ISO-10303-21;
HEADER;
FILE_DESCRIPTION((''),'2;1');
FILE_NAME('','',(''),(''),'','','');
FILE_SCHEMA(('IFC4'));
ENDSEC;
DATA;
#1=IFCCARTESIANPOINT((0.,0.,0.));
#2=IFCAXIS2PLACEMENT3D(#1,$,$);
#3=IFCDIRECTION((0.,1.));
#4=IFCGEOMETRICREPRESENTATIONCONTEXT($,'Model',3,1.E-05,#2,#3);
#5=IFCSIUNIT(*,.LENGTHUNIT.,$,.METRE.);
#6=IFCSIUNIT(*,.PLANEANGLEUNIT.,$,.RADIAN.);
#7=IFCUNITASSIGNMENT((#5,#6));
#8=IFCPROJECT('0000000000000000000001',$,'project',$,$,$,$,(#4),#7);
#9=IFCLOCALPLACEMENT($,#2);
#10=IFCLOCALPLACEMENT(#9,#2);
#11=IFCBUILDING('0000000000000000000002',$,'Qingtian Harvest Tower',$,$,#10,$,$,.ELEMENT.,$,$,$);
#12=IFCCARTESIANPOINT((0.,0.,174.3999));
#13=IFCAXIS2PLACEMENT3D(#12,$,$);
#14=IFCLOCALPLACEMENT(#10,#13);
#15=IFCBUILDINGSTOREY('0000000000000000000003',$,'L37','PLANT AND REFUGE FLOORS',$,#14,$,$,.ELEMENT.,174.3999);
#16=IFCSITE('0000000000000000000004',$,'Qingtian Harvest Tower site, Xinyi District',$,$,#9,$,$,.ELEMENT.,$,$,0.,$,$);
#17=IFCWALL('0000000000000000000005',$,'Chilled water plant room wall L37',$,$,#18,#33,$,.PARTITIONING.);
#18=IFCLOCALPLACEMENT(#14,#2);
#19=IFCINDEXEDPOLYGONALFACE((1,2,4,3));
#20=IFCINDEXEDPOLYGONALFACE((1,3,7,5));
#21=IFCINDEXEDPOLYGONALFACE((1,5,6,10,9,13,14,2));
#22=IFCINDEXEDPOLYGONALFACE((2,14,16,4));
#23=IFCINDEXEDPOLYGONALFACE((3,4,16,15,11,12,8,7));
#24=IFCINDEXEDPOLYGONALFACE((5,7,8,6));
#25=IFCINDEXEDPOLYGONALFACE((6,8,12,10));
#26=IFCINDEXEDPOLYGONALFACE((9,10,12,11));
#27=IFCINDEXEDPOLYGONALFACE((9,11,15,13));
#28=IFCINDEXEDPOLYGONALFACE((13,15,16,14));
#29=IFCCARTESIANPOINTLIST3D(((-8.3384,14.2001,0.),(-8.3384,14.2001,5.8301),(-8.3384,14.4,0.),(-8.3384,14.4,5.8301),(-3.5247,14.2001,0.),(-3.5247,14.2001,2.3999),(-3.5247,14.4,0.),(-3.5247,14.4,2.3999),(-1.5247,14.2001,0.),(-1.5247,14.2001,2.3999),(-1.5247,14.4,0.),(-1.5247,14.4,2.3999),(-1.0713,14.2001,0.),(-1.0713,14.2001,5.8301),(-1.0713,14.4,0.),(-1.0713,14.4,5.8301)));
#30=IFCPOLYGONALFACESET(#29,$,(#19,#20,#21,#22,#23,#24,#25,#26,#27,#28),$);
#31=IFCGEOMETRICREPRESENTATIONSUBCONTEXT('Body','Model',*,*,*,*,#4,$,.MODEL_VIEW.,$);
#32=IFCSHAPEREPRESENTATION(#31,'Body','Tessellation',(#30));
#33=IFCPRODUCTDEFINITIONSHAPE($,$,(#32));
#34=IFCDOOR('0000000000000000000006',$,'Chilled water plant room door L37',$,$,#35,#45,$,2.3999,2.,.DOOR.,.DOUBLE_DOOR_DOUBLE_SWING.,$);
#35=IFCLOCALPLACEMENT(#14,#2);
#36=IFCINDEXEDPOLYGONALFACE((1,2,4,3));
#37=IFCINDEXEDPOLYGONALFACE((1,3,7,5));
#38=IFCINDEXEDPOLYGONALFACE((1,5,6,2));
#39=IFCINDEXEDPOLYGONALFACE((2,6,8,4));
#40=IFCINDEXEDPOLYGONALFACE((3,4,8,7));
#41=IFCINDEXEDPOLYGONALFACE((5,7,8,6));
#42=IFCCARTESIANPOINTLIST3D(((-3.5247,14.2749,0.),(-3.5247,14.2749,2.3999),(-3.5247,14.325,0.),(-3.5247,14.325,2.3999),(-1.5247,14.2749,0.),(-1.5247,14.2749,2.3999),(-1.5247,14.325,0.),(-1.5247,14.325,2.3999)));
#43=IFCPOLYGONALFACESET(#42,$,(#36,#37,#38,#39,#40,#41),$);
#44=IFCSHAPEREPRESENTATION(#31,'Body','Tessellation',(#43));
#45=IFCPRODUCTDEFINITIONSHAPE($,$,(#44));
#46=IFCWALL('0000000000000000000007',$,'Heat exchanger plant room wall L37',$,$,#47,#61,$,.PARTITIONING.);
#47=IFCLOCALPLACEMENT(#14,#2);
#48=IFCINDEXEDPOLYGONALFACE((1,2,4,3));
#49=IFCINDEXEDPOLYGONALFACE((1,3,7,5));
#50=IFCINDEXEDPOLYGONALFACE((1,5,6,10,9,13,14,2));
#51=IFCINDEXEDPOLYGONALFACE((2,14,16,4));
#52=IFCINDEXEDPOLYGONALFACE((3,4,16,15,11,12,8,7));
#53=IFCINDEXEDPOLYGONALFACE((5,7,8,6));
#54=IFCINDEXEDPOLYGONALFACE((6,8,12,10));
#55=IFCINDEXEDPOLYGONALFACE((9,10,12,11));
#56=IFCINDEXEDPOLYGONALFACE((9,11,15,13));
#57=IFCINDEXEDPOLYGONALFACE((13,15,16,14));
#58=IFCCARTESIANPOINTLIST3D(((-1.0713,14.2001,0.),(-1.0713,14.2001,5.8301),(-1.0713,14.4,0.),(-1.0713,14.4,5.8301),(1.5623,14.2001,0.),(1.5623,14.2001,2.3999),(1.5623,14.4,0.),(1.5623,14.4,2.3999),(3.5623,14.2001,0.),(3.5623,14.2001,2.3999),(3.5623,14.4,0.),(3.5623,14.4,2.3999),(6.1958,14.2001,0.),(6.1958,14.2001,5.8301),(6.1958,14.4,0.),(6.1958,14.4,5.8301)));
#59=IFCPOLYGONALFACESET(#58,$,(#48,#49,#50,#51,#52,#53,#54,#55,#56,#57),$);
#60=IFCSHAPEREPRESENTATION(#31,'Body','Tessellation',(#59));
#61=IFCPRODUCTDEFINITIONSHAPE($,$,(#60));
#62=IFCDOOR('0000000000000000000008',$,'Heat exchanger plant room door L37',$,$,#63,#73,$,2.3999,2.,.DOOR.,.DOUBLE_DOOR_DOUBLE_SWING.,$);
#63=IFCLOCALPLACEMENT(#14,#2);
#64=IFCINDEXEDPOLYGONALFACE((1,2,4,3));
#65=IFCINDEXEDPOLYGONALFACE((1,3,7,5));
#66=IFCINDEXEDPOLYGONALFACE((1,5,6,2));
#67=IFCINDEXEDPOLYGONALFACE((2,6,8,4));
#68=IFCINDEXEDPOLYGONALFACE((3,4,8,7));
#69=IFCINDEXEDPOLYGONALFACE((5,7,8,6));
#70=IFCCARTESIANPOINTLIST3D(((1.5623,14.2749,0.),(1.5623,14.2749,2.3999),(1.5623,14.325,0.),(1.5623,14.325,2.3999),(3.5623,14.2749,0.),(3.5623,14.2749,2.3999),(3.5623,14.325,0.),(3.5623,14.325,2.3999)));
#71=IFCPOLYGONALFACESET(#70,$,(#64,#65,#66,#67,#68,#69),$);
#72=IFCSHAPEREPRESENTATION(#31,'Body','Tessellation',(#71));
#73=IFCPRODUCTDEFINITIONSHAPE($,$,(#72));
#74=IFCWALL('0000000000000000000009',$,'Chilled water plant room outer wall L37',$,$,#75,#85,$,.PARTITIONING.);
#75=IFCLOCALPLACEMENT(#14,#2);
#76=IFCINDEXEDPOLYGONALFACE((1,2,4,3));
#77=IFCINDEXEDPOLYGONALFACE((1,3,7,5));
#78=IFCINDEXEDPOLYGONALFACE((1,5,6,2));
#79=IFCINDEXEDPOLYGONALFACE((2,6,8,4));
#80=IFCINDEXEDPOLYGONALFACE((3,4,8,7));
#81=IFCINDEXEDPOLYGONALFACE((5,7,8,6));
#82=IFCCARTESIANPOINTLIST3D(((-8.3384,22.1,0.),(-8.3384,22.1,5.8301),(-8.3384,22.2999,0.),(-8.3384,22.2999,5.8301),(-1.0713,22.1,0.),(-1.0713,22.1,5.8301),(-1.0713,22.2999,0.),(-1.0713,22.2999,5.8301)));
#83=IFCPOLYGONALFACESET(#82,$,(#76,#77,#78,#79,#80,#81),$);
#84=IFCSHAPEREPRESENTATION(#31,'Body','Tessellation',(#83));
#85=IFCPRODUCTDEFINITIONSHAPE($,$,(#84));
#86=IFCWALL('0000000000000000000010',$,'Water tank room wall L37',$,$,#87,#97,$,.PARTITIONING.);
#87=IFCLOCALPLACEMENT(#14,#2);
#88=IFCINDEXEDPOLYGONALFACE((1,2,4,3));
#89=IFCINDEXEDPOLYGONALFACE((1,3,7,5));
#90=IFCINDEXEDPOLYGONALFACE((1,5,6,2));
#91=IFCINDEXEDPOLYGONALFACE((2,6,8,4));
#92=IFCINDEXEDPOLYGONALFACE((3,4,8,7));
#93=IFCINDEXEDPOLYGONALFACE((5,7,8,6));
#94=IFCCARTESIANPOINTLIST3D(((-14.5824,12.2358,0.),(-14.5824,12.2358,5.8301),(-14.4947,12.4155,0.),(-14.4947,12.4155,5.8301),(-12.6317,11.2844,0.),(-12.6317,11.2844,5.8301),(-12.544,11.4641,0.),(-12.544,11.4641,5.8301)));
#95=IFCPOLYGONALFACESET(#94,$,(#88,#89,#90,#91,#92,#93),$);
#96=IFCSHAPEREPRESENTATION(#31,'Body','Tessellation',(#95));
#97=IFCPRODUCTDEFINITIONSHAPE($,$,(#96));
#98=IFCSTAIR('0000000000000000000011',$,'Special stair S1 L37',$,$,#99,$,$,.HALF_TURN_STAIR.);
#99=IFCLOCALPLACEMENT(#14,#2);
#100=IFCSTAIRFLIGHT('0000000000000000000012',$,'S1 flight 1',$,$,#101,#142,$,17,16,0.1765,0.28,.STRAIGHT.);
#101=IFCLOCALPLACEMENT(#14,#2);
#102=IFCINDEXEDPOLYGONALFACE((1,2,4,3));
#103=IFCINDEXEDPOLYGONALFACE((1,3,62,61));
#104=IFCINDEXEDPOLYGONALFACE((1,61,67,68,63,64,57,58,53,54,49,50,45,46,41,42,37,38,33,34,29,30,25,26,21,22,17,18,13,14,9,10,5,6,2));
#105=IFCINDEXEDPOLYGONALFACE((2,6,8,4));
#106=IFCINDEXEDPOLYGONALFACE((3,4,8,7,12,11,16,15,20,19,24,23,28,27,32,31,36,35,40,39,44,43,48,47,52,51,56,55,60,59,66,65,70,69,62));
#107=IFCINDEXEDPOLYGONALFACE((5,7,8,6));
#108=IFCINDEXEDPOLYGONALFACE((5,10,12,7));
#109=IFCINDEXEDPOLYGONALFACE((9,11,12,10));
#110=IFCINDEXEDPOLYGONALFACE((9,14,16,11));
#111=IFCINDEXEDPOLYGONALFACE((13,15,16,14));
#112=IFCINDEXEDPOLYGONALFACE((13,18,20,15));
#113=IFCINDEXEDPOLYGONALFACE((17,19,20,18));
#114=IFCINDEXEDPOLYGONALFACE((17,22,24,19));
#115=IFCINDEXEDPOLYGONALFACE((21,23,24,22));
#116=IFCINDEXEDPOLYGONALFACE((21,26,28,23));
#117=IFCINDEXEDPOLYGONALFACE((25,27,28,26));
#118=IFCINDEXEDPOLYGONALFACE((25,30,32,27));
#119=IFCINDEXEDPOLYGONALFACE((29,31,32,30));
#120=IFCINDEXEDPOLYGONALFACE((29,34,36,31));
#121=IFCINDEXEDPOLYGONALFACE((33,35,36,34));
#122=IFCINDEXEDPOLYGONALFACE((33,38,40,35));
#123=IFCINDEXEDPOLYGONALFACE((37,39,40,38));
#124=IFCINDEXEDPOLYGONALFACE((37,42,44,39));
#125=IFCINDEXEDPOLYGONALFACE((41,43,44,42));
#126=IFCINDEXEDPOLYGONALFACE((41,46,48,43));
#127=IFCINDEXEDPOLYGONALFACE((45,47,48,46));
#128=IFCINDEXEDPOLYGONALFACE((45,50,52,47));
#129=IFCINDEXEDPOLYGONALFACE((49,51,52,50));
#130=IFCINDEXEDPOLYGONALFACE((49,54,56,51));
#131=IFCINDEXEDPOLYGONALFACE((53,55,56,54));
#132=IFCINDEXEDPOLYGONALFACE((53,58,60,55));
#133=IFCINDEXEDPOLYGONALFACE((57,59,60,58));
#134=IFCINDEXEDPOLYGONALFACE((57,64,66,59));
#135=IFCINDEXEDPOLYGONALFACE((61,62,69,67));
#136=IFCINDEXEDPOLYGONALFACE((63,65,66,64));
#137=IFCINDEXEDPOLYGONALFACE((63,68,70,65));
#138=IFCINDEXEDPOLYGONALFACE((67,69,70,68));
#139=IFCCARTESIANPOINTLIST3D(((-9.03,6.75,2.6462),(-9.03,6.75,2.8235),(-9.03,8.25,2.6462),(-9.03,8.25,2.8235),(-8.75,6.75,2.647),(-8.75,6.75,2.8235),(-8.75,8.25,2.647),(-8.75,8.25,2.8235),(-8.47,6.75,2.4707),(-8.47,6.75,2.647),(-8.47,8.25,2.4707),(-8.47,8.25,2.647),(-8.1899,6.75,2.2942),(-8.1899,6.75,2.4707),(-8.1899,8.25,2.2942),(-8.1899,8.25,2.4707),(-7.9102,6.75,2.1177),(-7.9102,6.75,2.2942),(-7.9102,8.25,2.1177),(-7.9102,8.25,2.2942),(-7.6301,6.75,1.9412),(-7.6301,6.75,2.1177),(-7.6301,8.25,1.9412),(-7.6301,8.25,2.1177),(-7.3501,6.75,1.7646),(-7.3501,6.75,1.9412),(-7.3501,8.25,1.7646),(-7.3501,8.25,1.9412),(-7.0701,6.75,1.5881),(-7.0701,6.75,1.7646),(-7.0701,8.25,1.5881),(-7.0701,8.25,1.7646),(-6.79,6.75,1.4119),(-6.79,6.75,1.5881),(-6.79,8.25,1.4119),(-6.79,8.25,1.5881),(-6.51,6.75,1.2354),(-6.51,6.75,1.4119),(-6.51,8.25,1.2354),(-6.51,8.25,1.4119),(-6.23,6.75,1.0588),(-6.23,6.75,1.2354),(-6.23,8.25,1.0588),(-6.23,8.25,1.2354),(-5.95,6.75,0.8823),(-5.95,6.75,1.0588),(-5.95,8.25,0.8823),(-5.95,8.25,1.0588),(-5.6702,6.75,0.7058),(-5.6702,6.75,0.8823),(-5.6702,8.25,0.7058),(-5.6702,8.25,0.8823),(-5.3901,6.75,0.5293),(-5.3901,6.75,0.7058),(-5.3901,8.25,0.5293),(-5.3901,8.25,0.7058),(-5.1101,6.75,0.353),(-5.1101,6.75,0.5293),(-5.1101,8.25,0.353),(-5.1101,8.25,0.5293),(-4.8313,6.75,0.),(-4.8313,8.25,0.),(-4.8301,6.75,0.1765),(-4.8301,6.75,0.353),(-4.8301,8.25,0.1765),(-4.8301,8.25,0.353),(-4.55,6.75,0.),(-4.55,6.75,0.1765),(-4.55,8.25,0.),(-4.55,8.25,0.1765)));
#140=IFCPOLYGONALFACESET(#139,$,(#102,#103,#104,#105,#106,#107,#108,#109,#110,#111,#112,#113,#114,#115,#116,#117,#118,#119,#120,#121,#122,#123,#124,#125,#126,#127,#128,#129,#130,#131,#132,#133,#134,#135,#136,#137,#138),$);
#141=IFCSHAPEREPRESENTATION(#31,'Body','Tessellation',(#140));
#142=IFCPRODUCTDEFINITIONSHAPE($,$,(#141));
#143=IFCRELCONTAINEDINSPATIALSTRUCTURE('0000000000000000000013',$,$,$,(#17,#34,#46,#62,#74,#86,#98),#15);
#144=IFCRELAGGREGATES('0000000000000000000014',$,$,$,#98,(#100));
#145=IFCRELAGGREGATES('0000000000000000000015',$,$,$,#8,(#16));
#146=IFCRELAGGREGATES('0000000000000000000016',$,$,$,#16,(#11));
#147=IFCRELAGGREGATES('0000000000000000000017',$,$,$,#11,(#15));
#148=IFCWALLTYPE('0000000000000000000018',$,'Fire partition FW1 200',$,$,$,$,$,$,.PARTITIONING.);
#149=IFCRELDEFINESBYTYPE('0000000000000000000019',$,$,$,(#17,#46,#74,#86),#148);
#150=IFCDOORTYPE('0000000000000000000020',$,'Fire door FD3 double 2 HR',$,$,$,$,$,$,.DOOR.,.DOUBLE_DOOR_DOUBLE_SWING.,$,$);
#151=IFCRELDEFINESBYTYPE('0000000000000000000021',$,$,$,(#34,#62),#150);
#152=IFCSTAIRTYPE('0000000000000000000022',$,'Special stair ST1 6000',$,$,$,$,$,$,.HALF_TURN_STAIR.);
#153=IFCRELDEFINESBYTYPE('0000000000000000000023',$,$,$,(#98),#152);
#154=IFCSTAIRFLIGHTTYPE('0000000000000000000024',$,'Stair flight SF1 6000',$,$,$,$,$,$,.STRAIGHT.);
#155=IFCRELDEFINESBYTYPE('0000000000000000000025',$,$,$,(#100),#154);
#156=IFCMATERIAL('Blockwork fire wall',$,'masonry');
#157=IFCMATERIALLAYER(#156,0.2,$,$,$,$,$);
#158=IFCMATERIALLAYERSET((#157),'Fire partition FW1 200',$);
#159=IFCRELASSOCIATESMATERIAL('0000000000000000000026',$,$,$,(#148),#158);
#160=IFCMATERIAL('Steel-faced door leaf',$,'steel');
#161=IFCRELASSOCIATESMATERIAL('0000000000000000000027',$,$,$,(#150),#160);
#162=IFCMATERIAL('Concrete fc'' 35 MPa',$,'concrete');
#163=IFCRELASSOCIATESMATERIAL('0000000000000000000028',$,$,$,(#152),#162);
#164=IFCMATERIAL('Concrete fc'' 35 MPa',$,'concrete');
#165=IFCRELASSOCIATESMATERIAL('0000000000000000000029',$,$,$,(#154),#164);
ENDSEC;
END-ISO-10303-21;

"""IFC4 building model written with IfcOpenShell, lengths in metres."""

from ifc_helpers import new_model, si_unit, direction, frame, frame_2d, origin, place, context, subcontext, project, spatial, polyline, rectangle, outline, extrude, material, layer, layer_set, type_object, element, fill, aggregate, save


model = new_model("IFC4")

# Units and contexts
model_context = context("Model", 3, precision=1e-05, world=origin(), true_north=direction((0.0, 1.0)))
body_context = subcontext(model_context, "Body", "Model", "MODEL_VIEW")
ifc_project = project(units=[si_unit("LENGTHUNIT", "METRE"), si_unit("PLANEANGLEUNIT", "RADIAN")], contexts=[model_context])

# Site, building, storey
site_placement = place(None, origin())
site = spatial("IfcSite", under=ifc_project, at=site_placement, Name="Qingtian Harvest Tower site, Xinyi District", CompositionType="ELEMENT", RefElevation=0.0)
building_placement = place(site_placement, origin())
building = spatial("IfcBuilding", under=site, at=building_placement, Name="Qingtian Harvest Tower", CompositionType="ELEMENT")
storey_placement = place(building_placement, frame((0.0, 0.0, 174.3999)))
storey = spatial("IfcBuildingStorey", under=building, at=storey_placement, Name="L37", Description="PLANT AND REFUGE FLOORS", CompositionType="ELEMENT", Elevation=174.3999)

# Shared definitions
ifc_material_1 = material(Name="Blockwork fire wall", Category="masonry")
ifc_layer_1 = layer(ifc_material_1, 0.2)
ifc_layer_set_1 = layer_set([ifc_layer_1], Name="Fire partition FW1 200")
wall_type_1 = type_object("IfcWallType", Name="Fire partition FW1 200", PredefinedType="PARTITIONING", material=ifc_layer_set_1)

# Walls, openings, doors
wall_1_placement = place(storey_placement, frame((-8.3384, 14.3, 0.0), z_axis=(0.0, 0.0, 1.0), x_axis=(1.0, 0.0, 0.0)))
wall_1 = element("IfcWall", 1, at=wall_1_placement, inside=storey, type_object=wall_type_1, Name="Chilled water plant room wall L37", PredefinedType="PARTITIONING", context=body_context, shape_type="SweptSolid", body=[
    extrude(rectangle(XDim=7.2671, YDim=0.2, at=frame_2d((3.6335, 0.0))), origin(), (0.0, 0.0, 1.0), 5.8301),
])
opening_1_placement = place(wall_1_placement, frame((4.8137, 0.0, 0.0)))
opening_1 = element("IfcOpeningElement", 2, at=opening_1_placement, cuts=wall_1, PredefinedType="OPENING", context=body_context, shape_type="SweptSolid", body=[
    extrude(rectangle(XDim=2.0, YDim=2.3999, at=frame_2d((1.0, 1.2))), frame((0.0, 0.1099, 0.0), z_axis=(0.0, -1.0, 0.0), x_axis=(1.0, 0.0, 0.0)), (0.0, 0.0, 1.0), 0.22),
])
ifc_material_2 = material(Name="Steel-faced door leaf", Category="steel")
door_type_1 = type_object("IfcDoorType", Name="Fire door FD3 double 2 HR", OperationType="DOUBLE_DOOR_DOUBLE_SWING", PredefinedType="DOOR", material=ifc_material_2)
door_1_placement = place(opening_1_placement, origin())
door_1 = element("IfcDoor", 3, at=door_1_placement, inside=storey, type_object=door_type_1, Name="Chilled water plant room door L37", OperationType="DOUBLE_DOOR_DOUBLE_SWING", OverallHeight=2.3999, OverallWidth=2.0, PredefinedType="DOOR", context=body_context, shape_type="SweptSolid", body=[
    extrude(rectangle(XDim=2.0, YDim=2.3999, at=frame_2d((1.0, 1.2))), frame((0.0, 0.0249, 0.0), z_axis=(0.0, -1.0, 0.0), x_axis=(1.0, 0.0, 0.0)), (0.0, 0.0, 1.0), 0.05),
])
fill(opening_1, door_1)
wall_2_placement = place(storey_placement, frame((-1.0713, 14.3, 0.0), z_axis=(0.0, 0.0, 1.0), x_axis=(1.0, 0.0, 0.0)))
wall_2 = element("IfcWall", 4, at=wall_2_placement, inside=storey, type_object=wall_type_1, Name="Heat exchanger plant room wall L37", PredefinedType="PARTITIONING", context=body_context, shape_type="SweptSolid", body=[
    extrude(rectangle(XDim=7.2671, YDim=0.2, at=frame_2d((3.6335, 0.0))), origin(), (0.0, 0.0, 1.0), 5.8301),
])
opening_2_placement = place(wall_2_placement, frame((2.6335, 0.0, 0.0)))
opening_2 = element("IfcOpeningElement", 5, at=opening_2_placement, cuts=wall_2, PredefinedType="OPENING", context=body_context, shape_type="SweptSolid", body=[
    extrude(rectangle(XDim=2.0, YDim=2.3999, at=frame_2d((1.0, 1.2))), frame((0.0, 0.1099, 0.0), z_axis=(0.0, -1.0, 0.0), x_axis=(1.0, 0.0, 0.0)), (0.0, 0.0, 1.0), 0.22),
])
door_2_placement = place(opening_2_placement, origin())
door_2 = element("IfcDoor", 6, at=door_2_placement, inside=storey, type_object=door_type_1, Name="Heat exchanger plant room door L37", OperationType="DOUBLE_DOOR_DOUBLE_SWING", OverallHeight=2.3999, OverallWidth=2.0, PredefinedType="DOOR", context=body_context, shape_type="SweptSolid", body=[
    extrude(rectangle(XDim=2.0, YDim=2.3999, at=frame_2d((1.0, 1.2))), frame((0.0, 0.0249, 0.0), z_axis=(0.0, -1.0, 0.0), x_axis=(1.0, 0.0, 0.0)), (0.0, 0.0, 1.0), 0.05),
])
fill(opening_2, door_2)

# Walls
wall_3_placement = place(storey_placement, frame((-8.3384, 22.2, 0.0), z_axis=(0.0, 0.0, 1.0), x_axis=(1.0, 0.0, 0.0)))
element("IfcWall", 7, at=wall_3_placement, inside=storey, type_object=wall_type_1, Name="Chilled water plant room outer wall L37", PredefinedType="PARTITIONING", context=body_context, shape_type="SweptSolid", body=[
    extrude(rectangle(XDim=7.2671, YDim=0.2, at=frame_2d((3.6335, 0.0))), origin(), (0.0, 0.0, 1.0), 5.8301),
])
wall_4_placement = place(storey_placement, frame((-14.5386, 12.3257, 0.0), z_axis=(0.0, 0.0, 1.0), x_axis=(0.898793, -0.438373, 0.0)))
element("IfcWall", 8, at=wall_4_placement, inside=storey, type_object=wall_type_1, Name="Water tank room wall L37", PredefinedType="PARTITIONING", context=body_context, shape_type="SweptSolid", body=[
    extrude(rectangle(XDim=2.1704, YDim=0.2, at=frame_2d((1.0852, 0.0))), origin(), (0.0, 0.0, 1.0), 5.8301),
])

# Stair, stair flight
ifc_material_3 = material(Name="Concrete fc' 35 MPa", Category="concrete")
stair_type = type_object("IfcStairType", Name="Special stair ST1 6000", PredefinedType="HALF_TURN_STAIR", material=ifc_material_3)
stair_placement = place(storey_placement, origin())
stair = element("IfcStair", 9, at=stair_placement, inside=storey, type_object=stair_type, Name="Special stair S1 L37", PredefinedType="HALF_TURN_STAIR")
ifc_material_4 = material(Name="Concrete fc' 35 MPa", Category="concrete")
stair_flight_type = type_object("IfcStairFlightType", Name="Stair flight SF1 6000", PredefinedType="STRAIGHT", material=ifc_material_4)
stair_flight_1_placement = place(storey_placement, frame((-4.55, 7.5, 0.0), z_axis=(0.0, 0.0, 1.0), x_axis=(-1.0, 0.0, 0.0)))
stair_flight_1 = element("IfcStairFlight", 10, at=stair_flight_1_placement, type_object=stair_flight_type, Name="S1 flight 1", NumberOfRisers=17, NumberOfTreads=16, PredefinedType="STRAIGHT", RiserHeight=0.1765, TreadLength=0.28, context=body_context, shape_type="SweptSolid", body=[
    extrude(outline(polyline([(0.0, 0.0), (0.0, 0.1765), (0.28, 0.1765), (0.28, 0.353), (0.5601, 0.353), (0.5601, 0.5293), (0.8401, 0.5293), (0.8401, 0.7058), (1.1201, 0.7058), (1.1201, 0.8823), (1.3999, 0.8823), (1.3999, 1.0588), (1.6799, 1.0588), (1.6799, 1.2354), (1.96, 1.2354), (1.96, 1.4119), (2.24, 1.4119), (2.24, 1.5881), (2.52, 1.5881), (2.52, 1.7646), (2.8, 1.7646), (2.8, 1.9412), (3.0801, 1.9412), (3.0801, 2.1177), (3.3601, 2.1177), (3.3601, 2.2942), (3.6399, 2.2942), (3.6399, 2.4707), (3.9199, 2.4707), (3.9199, 2.647), (4.2, 2.647), (4.2, 2.8235), (4.48, 2.8235), (4.48, 3.0), (4.48, 2.6462), (0.2812, 0.0), (0.0, 0.0)])), frame((0.0, 0.75, 0.0), z_axis=(0.0, -1.0, 0.0), x_axis=(1.0, 0.0, 0.0)), (0.0, 0.0, 1.0), 1.5),
])
aggregate(stair, [stair_flight_1])

save(model, "model.ifc")
